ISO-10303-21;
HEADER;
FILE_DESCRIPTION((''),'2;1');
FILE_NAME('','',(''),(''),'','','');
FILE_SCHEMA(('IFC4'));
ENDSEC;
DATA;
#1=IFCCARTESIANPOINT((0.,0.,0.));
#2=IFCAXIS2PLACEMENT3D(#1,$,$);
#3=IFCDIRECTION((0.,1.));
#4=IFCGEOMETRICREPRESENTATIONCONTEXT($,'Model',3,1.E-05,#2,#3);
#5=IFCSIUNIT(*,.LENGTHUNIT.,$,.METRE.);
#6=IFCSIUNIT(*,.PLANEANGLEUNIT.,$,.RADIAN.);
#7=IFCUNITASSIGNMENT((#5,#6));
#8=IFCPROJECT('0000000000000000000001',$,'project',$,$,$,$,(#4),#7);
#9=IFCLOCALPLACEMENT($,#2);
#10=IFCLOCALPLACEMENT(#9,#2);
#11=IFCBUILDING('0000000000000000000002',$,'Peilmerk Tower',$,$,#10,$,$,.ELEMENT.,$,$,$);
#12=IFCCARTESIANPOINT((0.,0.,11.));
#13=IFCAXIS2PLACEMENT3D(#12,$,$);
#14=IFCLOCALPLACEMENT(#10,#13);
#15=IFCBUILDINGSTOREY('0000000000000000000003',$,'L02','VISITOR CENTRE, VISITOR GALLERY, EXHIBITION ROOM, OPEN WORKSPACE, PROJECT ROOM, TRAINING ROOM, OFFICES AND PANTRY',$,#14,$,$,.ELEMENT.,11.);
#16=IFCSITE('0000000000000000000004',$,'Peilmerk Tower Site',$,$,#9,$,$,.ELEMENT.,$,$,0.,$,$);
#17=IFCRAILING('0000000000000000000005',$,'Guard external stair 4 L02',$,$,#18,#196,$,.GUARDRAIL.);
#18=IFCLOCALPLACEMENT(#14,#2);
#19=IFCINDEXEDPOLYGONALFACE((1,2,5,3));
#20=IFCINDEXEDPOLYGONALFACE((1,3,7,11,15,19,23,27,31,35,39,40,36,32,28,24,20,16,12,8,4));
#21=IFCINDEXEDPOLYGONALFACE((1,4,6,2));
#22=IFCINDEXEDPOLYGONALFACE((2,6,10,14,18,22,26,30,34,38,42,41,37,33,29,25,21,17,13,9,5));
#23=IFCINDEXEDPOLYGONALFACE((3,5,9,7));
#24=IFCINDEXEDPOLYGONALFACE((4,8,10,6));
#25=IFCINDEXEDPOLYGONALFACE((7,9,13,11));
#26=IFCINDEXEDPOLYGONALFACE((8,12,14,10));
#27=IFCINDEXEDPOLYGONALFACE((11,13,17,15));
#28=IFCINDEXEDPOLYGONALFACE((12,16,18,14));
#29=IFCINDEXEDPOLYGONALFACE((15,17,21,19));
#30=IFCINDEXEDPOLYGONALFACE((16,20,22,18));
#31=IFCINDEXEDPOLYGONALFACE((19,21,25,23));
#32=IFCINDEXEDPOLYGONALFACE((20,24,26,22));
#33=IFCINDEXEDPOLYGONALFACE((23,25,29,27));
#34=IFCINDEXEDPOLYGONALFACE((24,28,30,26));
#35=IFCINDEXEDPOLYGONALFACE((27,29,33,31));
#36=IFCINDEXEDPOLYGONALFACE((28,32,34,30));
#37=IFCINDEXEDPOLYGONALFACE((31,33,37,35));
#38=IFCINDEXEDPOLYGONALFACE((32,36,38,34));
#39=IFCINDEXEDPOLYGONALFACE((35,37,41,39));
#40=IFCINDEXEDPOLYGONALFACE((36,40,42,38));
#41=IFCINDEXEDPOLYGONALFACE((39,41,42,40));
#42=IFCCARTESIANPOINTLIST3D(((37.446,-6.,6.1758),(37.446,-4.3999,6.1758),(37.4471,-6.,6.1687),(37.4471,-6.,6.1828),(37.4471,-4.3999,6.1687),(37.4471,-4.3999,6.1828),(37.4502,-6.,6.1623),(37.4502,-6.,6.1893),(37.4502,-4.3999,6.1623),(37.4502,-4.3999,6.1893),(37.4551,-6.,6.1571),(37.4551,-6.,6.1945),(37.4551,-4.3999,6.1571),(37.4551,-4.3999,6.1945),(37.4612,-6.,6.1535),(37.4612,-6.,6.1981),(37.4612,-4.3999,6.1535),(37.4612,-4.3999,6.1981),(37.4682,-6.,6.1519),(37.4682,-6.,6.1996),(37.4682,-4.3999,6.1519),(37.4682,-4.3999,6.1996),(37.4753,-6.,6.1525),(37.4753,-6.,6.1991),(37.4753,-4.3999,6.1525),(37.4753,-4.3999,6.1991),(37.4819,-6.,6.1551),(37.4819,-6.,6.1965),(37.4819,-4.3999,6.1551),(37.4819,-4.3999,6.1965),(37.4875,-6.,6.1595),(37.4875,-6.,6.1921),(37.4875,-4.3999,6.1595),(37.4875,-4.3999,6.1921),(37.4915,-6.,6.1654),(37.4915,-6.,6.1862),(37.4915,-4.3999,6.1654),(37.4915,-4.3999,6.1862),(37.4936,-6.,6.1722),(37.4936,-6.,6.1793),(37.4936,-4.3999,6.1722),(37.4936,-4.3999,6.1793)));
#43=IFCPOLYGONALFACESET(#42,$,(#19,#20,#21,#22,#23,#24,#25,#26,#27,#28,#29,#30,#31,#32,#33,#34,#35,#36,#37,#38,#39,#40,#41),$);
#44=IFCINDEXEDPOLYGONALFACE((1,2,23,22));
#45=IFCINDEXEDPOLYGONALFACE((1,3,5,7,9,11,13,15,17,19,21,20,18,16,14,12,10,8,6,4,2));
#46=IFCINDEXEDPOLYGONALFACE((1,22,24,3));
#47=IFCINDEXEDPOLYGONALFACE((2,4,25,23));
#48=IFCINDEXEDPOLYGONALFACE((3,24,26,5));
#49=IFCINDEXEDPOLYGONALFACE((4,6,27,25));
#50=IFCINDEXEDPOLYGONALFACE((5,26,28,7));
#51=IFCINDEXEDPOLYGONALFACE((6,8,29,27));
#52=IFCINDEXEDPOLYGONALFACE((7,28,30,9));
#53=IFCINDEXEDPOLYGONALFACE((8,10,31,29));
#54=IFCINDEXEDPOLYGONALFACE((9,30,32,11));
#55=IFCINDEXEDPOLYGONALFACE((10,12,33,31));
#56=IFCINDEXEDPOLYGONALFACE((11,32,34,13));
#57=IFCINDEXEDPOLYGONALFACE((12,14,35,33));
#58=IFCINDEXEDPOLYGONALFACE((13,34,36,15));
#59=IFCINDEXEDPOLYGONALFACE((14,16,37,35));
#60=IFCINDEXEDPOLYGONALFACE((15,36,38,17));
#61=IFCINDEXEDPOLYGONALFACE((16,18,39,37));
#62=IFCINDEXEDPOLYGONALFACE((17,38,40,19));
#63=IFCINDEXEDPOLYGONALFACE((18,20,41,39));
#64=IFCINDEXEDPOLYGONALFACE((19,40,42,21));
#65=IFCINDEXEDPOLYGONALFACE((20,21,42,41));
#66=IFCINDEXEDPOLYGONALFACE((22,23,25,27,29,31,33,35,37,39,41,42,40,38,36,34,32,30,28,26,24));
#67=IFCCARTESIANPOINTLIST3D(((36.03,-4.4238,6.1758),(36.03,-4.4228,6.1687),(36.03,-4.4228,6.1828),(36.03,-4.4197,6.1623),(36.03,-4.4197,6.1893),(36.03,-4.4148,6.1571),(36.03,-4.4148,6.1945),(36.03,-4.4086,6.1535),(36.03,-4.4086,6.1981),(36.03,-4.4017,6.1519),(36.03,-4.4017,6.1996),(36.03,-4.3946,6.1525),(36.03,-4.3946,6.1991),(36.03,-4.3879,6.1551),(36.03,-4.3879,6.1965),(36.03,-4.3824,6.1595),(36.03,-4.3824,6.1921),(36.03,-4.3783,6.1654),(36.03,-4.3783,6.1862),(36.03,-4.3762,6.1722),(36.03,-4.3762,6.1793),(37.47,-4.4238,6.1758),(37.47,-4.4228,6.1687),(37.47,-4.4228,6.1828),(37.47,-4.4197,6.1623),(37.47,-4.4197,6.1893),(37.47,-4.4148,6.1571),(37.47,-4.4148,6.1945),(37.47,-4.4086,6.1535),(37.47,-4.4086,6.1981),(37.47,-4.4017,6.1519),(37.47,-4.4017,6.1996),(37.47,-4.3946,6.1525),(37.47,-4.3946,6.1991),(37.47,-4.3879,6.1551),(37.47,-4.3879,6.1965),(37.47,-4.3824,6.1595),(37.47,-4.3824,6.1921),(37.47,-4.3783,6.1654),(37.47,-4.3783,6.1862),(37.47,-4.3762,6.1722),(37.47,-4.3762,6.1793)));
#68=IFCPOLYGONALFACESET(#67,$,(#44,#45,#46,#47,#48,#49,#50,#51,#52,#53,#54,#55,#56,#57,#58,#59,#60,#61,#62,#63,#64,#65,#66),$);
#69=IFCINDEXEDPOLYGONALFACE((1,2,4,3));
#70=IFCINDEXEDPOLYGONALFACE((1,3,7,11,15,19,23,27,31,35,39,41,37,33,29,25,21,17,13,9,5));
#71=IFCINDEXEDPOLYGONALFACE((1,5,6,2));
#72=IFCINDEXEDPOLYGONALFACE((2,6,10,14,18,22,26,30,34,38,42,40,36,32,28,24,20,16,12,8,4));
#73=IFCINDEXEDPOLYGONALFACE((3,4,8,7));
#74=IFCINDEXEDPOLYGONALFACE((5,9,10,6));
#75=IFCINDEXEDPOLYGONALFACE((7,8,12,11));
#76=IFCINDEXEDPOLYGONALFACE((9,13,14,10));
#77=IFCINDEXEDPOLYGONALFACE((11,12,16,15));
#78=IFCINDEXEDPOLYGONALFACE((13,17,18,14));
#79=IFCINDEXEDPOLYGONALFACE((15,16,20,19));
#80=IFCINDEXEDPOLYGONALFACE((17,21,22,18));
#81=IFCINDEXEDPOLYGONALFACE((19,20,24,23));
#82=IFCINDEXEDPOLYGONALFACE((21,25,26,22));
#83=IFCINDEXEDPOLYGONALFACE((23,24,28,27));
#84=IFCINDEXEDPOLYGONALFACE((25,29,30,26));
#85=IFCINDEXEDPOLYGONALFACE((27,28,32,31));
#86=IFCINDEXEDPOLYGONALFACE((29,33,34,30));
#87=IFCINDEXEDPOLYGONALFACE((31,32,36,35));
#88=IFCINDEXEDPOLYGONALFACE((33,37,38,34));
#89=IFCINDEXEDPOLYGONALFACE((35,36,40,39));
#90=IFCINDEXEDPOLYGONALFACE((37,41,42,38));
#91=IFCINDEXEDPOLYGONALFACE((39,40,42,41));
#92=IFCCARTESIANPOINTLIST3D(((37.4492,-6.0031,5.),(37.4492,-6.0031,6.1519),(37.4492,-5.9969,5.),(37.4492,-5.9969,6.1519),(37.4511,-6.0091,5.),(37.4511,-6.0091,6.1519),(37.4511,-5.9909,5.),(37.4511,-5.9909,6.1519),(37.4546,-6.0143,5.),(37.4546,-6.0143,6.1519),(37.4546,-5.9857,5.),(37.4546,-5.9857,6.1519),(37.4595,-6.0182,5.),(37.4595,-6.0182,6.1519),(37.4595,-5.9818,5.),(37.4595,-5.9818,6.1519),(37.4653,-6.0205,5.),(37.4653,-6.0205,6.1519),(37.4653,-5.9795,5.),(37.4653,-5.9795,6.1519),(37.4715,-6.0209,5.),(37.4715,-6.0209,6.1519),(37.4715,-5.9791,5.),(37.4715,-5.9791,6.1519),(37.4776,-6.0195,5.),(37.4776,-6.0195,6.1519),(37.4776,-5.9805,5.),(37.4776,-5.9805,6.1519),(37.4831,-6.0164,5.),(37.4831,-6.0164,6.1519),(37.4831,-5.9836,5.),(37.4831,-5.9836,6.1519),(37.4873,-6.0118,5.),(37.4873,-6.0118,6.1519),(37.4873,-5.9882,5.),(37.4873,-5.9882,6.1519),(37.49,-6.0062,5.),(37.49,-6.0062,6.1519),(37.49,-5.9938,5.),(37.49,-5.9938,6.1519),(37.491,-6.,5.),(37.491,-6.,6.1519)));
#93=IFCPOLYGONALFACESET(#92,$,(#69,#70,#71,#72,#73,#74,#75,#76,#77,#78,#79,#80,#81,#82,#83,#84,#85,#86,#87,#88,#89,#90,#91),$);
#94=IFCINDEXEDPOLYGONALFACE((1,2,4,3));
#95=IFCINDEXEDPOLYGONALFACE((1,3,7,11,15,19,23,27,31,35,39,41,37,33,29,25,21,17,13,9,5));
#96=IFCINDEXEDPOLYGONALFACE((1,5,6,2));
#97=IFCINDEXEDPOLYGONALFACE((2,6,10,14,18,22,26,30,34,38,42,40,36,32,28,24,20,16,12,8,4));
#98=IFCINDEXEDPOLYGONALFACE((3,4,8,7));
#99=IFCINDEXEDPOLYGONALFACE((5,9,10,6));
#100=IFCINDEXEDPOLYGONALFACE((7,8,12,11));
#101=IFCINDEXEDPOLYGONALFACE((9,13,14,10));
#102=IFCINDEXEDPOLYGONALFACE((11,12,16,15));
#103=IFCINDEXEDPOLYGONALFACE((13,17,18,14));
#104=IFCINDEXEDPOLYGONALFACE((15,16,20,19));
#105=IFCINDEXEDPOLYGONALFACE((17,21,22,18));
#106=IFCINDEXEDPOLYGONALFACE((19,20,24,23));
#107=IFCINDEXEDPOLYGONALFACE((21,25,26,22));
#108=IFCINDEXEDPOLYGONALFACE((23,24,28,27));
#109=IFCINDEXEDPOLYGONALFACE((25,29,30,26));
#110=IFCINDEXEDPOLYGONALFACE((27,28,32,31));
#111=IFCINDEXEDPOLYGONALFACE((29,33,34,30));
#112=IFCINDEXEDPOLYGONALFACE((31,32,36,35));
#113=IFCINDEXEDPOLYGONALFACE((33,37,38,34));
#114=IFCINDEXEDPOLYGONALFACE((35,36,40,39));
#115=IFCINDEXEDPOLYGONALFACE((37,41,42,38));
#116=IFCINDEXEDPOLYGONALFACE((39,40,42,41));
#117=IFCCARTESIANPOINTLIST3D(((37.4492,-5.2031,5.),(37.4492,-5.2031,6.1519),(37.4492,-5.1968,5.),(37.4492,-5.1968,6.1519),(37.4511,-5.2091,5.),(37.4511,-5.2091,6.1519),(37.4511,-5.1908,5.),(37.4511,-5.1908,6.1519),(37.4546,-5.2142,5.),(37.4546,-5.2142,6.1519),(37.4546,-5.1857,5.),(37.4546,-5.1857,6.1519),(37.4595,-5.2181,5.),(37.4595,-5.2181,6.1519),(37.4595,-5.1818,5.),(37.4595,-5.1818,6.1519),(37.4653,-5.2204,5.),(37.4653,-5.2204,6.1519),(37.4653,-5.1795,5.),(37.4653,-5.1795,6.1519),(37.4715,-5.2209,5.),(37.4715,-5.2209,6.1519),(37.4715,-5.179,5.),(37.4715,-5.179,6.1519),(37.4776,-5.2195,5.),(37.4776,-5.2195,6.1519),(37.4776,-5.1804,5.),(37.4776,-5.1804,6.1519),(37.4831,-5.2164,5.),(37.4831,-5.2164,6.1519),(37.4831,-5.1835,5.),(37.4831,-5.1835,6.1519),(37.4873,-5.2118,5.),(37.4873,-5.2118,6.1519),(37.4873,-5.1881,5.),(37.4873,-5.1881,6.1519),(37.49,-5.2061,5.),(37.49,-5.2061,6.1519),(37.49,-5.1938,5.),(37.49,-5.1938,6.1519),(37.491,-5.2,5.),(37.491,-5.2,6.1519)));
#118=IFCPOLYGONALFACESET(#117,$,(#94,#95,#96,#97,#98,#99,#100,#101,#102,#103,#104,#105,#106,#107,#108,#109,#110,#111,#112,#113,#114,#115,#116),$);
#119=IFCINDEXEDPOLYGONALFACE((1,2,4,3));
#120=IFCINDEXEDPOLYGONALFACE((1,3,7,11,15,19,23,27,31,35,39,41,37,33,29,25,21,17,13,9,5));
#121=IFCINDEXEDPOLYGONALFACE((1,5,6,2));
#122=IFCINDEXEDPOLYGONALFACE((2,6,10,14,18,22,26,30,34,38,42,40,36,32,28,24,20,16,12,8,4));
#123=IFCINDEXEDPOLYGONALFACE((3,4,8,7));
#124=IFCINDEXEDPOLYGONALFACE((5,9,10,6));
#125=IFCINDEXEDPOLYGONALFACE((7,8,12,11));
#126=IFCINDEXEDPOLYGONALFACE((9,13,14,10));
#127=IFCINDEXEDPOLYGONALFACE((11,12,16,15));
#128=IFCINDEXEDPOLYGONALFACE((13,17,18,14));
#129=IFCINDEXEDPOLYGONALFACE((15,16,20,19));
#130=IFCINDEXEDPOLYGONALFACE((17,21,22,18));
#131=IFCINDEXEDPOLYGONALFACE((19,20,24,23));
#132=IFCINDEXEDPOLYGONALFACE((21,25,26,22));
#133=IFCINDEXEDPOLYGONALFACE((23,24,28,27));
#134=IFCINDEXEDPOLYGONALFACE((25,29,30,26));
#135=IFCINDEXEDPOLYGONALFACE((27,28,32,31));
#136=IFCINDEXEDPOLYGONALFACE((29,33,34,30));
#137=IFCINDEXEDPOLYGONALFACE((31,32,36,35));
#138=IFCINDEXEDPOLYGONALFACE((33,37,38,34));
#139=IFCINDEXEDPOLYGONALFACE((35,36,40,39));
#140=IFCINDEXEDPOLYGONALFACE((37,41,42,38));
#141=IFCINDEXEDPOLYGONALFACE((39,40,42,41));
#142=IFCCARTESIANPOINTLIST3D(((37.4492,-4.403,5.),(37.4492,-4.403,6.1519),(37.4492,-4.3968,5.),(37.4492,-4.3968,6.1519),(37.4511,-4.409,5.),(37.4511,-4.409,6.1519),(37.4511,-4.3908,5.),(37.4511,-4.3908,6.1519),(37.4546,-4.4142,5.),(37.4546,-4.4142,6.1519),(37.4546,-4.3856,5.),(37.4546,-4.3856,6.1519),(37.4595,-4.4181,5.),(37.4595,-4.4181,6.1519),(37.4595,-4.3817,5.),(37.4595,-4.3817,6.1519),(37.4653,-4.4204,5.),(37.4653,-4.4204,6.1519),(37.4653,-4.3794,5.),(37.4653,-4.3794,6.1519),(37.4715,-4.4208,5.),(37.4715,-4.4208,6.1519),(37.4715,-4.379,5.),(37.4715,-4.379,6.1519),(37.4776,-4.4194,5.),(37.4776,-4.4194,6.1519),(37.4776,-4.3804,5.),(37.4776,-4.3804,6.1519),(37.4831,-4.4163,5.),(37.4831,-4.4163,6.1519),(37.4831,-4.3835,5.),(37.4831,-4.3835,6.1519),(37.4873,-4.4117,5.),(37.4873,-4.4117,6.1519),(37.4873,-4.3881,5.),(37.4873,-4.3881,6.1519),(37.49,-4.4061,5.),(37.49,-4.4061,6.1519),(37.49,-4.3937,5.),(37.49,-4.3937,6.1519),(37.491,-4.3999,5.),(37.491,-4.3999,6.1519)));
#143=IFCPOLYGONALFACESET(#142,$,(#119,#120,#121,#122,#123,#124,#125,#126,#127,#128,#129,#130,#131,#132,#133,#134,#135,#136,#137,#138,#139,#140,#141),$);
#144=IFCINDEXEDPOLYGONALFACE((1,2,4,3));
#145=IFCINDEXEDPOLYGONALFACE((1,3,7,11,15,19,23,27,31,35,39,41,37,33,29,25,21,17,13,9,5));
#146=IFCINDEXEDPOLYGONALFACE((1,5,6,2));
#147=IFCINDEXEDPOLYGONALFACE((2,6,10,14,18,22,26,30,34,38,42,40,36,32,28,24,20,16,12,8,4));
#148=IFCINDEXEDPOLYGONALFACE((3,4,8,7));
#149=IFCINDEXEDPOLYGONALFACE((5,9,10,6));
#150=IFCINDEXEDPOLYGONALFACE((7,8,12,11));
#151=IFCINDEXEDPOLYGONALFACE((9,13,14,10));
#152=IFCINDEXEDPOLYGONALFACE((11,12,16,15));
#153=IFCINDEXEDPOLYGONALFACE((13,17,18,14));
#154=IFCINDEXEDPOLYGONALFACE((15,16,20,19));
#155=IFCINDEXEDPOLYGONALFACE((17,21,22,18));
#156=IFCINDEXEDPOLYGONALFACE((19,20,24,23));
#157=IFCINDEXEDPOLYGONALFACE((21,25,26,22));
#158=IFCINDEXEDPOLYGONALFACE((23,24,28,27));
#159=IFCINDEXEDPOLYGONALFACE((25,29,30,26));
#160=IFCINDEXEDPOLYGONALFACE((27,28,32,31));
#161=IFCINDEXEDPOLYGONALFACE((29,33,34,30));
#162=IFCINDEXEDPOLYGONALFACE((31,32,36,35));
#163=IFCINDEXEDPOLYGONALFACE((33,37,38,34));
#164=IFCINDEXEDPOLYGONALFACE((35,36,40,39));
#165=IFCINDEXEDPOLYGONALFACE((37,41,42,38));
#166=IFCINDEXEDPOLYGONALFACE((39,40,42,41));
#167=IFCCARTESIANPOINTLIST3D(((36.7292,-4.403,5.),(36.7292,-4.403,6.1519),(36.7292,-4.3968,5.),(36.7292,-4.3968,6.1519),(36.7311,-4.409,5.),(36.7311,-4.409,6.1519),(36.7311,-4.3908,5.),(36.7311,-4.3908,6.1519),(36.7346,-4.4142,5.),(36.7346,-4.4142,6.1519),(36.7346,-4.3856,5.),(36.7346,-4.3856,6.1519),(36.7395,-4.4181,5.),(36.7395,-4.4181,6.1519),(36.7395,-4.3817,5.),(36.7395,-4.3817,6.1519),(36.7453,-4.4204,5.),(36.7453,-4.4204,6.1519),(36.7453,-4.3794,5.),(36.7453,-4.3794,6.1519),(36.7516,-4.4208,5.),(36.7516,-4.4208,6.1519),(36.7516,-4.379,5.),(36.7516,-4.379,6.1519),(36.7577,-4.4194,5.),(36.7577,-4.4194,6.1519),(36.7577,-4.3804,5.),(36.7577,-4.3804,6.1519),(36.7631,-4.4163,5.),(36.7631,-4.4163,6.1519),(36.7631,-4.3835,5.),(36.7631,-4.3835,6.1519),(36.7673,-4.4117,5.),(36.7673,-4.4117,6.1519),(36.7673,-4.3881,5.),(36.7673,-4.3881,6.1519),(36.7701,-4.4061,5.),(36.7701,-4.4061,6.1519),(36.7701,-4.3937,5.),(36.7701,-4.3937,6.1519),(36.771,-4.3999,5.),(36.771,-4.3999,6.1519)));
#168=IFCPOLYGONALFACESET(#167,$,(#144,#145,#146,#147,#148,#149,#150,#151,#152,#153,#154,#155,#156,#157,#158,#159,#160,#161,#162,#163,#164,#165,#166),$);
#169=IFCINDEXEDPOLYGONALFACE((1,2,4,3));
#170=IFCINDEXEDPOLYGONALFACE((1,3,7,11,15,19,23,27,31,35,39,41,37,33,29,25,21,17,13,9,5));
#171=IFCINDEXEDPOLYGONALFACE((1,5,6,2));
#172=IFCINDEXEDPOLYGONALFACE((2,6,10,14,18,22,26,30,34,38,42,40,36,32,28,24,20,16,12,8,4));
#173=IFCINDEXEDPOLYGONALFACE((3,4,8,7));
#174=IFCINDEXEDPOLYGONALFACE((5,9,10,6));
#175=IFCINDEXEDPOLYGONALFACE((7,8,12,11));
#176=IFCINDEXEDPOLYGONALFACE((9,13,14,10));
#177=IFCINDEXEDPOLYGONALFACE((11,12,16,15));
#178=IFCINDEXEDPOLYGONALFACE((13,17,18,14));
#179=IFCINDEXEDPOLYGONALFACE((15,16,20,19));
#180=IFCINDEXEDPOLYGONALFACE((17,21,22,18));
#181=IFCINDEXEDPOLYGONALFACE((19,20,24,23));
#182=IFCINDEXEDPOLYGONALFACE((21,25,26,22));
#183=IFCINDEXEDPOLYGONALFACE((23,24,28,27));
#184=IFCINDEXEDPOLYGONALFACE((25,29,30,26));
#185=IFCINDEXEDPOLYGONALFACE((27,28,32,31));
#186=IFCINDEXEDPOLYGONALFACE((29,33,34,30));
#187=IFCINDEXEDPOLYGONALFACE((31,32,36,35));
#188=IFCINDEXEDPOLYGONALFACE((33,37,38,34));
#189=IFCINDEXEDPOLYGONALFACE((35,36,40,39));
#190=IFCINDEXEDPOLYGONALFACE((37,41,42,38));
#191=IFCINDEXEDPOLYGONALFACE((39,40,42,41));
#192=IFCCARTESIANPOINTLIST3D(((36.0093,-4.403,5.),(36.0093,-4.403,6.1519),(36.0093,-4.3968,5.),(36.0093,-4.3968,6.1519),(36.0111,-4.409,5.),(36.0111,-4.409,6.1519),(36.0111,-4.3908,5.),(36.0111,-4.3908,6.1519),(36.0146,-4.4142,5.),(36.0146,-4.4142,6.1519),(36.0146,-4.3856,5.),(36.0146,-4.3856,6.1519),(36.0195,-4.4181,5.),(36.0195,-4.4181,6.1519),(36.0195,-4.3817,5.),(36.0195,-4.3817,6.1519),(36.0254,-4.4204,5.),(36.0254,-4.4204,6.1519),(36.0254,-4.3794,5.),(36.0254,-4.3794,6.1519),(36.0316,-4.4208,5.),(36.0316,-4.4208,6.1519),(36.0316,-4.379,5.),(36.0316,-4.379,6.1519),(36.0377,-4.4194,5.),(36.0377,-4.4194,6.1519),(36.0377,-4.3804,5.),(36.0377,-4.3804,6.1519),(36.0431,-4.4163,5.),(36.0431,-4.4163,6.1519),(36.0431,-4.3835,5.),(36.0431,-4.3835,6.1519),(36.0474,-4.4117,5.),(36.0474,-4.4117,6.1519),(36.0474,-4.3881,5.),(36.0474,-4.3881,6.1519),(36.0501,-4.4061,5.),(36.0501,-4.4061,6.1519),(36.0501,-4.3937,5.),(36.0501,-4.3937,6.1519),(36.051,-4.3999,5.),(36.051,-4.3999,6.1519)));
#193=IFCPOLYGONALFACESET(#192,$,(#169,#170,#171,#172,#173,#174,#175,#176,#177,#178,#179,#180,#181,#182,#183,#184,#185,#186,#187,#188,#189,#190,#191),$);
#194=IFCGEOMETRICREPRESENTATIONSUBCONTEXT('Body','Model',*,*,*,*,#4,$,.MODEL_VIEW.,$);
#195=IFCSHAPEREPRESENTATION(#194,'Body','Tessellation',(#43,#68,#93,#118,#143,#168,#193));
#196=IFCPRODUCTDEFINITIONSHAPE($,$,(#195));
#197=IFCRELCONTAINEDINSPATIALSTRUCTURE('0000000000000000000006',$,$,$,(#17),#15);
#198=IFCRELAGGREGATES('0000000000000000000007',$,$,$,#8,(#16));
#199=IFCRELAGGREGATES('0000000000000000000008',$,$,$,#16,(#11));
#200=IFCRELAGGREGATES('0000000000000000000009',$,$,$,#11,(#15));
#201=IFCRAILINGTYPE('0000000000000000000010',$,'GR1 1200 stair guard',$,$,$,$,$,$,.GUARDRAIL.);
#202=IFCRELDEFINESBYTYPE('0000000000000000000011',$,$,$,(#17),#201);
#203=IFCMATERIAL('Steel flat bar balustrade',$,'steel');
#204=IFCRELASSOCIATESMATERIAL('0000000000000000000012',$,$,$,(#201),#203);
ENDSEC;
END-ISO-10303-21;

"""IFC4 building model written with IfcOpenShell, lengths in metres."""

from ifc_helpers import new_model, si_unit, direction, frame, origin, origin_2d, place, context, subcontext, project, spatial, circle, extrude, material, type_object, element, save


model = new_model("IFC4")

# Units and contexts
model_context = context("Model", 3, precision=1e-05, world=origin(), true_north=direction((0.0, 1.0)))
body_context = subcontext(model_context, "Body", "Model", "MODEL_VIEW")
ifc_project = project(units=[si_unit("LENGTHUNIT", "METRE"), si_unit("PLANEANGLEUNIT", "RADIAN")], contexts=[model_context])

# Site, building, storey
site_placement = place(None, origin())
site = spatial("IfcSite", under=ifc_project, at=site_placement, Name="Peilmerk Tower Site", CompositionType="ELEMENT", RefElevation=0.0)
building_placement = place(site_placement, origin())
building = spatial("IfcBuilding", under=site, at=building_placement, Name="Peilmerk Tower", CompositionType="ELEMENT")
storey_placement = place(building_placement, frame((0.0, 0.0, 11.0)))
storey = spatial("IfcBuildingStorey", under=building, at=storey_placement, Name="L02", Description="VISITOR CENTRE, VISITOR GALLERY, EXHIBITION ROOM, OPEN WORKSPACE, PROJECT ROOM, TRAINING ROOM, OFFICES AND PANTRY", CompositionType="ELEMENT", Elevation=11.0)

# Railing
ifc_material_1 = material(Name="Steel flat bar balustrade", Category="steel")
railing_type_1 = type_object("IfcRailingType", Name="GR1 1200 stair guard", PredefinedType="GUARDRAIL", material=ifc_material_1)
railing_1_placement = place(storey_placement, frame((37.47, -6.0, 5.0)))
element("IfcRailing", 1, at=railing_1_placement, inside=storey, type_object=railing_type_1, Name="Guard external stair 4 L02", PredefinedType="GUARDRAIL", context=body_context, shape_type="SweptSolid", body=[
    extrude(circle(Radius=0.0239, at=origin_2d()), frame((0.0, 0.0, 1.1758), z_axis=(0.0, 1.0, 0.0), x_axis=(-1.0, 0.0, 0.0)), (0.0, 0.0, 1.0), 1.6001),
    extrude(circle(Radius=0.0239, at=origin_2d()), frame((0.0, 1.6001, 1.1758), z_axis=(-1.0, 0.0, 0.0), x_axis=(0.0, -1.0, 0.0)), (0.0, 0.0, 1.0), 1.4399),
    extrude(circle(Radius=0.021, at=origin_2d()), origin(), (0.0, 0.0, 1.0), 1.1519),
    extrude(circle(Radius=0.021, at=origin_2d()), frame((0.0, 0.8, 0.0)), (0.0, 0.0, 1.0), 1.1519),
    extrude(circle(Radius=0.021, at=origin_2d()), frame((0.0, 1.6001, 0.0)), (0.0, 0.0, 1.0), 1.1519),
    extrude(circle(Radius=0.021, at=origin_2d()), frame((-0.72, 1.6001, 0.0)), (0.0, 0.0, 1.0), 1.1519),
    extrude(circle(Radius=0.021, at=origin_2d()), frame((-1.4399, 1.6001, 0.0)), (0.0, 0.0, 1.0), 1.1519),
])

save(model, "model.ifc")
